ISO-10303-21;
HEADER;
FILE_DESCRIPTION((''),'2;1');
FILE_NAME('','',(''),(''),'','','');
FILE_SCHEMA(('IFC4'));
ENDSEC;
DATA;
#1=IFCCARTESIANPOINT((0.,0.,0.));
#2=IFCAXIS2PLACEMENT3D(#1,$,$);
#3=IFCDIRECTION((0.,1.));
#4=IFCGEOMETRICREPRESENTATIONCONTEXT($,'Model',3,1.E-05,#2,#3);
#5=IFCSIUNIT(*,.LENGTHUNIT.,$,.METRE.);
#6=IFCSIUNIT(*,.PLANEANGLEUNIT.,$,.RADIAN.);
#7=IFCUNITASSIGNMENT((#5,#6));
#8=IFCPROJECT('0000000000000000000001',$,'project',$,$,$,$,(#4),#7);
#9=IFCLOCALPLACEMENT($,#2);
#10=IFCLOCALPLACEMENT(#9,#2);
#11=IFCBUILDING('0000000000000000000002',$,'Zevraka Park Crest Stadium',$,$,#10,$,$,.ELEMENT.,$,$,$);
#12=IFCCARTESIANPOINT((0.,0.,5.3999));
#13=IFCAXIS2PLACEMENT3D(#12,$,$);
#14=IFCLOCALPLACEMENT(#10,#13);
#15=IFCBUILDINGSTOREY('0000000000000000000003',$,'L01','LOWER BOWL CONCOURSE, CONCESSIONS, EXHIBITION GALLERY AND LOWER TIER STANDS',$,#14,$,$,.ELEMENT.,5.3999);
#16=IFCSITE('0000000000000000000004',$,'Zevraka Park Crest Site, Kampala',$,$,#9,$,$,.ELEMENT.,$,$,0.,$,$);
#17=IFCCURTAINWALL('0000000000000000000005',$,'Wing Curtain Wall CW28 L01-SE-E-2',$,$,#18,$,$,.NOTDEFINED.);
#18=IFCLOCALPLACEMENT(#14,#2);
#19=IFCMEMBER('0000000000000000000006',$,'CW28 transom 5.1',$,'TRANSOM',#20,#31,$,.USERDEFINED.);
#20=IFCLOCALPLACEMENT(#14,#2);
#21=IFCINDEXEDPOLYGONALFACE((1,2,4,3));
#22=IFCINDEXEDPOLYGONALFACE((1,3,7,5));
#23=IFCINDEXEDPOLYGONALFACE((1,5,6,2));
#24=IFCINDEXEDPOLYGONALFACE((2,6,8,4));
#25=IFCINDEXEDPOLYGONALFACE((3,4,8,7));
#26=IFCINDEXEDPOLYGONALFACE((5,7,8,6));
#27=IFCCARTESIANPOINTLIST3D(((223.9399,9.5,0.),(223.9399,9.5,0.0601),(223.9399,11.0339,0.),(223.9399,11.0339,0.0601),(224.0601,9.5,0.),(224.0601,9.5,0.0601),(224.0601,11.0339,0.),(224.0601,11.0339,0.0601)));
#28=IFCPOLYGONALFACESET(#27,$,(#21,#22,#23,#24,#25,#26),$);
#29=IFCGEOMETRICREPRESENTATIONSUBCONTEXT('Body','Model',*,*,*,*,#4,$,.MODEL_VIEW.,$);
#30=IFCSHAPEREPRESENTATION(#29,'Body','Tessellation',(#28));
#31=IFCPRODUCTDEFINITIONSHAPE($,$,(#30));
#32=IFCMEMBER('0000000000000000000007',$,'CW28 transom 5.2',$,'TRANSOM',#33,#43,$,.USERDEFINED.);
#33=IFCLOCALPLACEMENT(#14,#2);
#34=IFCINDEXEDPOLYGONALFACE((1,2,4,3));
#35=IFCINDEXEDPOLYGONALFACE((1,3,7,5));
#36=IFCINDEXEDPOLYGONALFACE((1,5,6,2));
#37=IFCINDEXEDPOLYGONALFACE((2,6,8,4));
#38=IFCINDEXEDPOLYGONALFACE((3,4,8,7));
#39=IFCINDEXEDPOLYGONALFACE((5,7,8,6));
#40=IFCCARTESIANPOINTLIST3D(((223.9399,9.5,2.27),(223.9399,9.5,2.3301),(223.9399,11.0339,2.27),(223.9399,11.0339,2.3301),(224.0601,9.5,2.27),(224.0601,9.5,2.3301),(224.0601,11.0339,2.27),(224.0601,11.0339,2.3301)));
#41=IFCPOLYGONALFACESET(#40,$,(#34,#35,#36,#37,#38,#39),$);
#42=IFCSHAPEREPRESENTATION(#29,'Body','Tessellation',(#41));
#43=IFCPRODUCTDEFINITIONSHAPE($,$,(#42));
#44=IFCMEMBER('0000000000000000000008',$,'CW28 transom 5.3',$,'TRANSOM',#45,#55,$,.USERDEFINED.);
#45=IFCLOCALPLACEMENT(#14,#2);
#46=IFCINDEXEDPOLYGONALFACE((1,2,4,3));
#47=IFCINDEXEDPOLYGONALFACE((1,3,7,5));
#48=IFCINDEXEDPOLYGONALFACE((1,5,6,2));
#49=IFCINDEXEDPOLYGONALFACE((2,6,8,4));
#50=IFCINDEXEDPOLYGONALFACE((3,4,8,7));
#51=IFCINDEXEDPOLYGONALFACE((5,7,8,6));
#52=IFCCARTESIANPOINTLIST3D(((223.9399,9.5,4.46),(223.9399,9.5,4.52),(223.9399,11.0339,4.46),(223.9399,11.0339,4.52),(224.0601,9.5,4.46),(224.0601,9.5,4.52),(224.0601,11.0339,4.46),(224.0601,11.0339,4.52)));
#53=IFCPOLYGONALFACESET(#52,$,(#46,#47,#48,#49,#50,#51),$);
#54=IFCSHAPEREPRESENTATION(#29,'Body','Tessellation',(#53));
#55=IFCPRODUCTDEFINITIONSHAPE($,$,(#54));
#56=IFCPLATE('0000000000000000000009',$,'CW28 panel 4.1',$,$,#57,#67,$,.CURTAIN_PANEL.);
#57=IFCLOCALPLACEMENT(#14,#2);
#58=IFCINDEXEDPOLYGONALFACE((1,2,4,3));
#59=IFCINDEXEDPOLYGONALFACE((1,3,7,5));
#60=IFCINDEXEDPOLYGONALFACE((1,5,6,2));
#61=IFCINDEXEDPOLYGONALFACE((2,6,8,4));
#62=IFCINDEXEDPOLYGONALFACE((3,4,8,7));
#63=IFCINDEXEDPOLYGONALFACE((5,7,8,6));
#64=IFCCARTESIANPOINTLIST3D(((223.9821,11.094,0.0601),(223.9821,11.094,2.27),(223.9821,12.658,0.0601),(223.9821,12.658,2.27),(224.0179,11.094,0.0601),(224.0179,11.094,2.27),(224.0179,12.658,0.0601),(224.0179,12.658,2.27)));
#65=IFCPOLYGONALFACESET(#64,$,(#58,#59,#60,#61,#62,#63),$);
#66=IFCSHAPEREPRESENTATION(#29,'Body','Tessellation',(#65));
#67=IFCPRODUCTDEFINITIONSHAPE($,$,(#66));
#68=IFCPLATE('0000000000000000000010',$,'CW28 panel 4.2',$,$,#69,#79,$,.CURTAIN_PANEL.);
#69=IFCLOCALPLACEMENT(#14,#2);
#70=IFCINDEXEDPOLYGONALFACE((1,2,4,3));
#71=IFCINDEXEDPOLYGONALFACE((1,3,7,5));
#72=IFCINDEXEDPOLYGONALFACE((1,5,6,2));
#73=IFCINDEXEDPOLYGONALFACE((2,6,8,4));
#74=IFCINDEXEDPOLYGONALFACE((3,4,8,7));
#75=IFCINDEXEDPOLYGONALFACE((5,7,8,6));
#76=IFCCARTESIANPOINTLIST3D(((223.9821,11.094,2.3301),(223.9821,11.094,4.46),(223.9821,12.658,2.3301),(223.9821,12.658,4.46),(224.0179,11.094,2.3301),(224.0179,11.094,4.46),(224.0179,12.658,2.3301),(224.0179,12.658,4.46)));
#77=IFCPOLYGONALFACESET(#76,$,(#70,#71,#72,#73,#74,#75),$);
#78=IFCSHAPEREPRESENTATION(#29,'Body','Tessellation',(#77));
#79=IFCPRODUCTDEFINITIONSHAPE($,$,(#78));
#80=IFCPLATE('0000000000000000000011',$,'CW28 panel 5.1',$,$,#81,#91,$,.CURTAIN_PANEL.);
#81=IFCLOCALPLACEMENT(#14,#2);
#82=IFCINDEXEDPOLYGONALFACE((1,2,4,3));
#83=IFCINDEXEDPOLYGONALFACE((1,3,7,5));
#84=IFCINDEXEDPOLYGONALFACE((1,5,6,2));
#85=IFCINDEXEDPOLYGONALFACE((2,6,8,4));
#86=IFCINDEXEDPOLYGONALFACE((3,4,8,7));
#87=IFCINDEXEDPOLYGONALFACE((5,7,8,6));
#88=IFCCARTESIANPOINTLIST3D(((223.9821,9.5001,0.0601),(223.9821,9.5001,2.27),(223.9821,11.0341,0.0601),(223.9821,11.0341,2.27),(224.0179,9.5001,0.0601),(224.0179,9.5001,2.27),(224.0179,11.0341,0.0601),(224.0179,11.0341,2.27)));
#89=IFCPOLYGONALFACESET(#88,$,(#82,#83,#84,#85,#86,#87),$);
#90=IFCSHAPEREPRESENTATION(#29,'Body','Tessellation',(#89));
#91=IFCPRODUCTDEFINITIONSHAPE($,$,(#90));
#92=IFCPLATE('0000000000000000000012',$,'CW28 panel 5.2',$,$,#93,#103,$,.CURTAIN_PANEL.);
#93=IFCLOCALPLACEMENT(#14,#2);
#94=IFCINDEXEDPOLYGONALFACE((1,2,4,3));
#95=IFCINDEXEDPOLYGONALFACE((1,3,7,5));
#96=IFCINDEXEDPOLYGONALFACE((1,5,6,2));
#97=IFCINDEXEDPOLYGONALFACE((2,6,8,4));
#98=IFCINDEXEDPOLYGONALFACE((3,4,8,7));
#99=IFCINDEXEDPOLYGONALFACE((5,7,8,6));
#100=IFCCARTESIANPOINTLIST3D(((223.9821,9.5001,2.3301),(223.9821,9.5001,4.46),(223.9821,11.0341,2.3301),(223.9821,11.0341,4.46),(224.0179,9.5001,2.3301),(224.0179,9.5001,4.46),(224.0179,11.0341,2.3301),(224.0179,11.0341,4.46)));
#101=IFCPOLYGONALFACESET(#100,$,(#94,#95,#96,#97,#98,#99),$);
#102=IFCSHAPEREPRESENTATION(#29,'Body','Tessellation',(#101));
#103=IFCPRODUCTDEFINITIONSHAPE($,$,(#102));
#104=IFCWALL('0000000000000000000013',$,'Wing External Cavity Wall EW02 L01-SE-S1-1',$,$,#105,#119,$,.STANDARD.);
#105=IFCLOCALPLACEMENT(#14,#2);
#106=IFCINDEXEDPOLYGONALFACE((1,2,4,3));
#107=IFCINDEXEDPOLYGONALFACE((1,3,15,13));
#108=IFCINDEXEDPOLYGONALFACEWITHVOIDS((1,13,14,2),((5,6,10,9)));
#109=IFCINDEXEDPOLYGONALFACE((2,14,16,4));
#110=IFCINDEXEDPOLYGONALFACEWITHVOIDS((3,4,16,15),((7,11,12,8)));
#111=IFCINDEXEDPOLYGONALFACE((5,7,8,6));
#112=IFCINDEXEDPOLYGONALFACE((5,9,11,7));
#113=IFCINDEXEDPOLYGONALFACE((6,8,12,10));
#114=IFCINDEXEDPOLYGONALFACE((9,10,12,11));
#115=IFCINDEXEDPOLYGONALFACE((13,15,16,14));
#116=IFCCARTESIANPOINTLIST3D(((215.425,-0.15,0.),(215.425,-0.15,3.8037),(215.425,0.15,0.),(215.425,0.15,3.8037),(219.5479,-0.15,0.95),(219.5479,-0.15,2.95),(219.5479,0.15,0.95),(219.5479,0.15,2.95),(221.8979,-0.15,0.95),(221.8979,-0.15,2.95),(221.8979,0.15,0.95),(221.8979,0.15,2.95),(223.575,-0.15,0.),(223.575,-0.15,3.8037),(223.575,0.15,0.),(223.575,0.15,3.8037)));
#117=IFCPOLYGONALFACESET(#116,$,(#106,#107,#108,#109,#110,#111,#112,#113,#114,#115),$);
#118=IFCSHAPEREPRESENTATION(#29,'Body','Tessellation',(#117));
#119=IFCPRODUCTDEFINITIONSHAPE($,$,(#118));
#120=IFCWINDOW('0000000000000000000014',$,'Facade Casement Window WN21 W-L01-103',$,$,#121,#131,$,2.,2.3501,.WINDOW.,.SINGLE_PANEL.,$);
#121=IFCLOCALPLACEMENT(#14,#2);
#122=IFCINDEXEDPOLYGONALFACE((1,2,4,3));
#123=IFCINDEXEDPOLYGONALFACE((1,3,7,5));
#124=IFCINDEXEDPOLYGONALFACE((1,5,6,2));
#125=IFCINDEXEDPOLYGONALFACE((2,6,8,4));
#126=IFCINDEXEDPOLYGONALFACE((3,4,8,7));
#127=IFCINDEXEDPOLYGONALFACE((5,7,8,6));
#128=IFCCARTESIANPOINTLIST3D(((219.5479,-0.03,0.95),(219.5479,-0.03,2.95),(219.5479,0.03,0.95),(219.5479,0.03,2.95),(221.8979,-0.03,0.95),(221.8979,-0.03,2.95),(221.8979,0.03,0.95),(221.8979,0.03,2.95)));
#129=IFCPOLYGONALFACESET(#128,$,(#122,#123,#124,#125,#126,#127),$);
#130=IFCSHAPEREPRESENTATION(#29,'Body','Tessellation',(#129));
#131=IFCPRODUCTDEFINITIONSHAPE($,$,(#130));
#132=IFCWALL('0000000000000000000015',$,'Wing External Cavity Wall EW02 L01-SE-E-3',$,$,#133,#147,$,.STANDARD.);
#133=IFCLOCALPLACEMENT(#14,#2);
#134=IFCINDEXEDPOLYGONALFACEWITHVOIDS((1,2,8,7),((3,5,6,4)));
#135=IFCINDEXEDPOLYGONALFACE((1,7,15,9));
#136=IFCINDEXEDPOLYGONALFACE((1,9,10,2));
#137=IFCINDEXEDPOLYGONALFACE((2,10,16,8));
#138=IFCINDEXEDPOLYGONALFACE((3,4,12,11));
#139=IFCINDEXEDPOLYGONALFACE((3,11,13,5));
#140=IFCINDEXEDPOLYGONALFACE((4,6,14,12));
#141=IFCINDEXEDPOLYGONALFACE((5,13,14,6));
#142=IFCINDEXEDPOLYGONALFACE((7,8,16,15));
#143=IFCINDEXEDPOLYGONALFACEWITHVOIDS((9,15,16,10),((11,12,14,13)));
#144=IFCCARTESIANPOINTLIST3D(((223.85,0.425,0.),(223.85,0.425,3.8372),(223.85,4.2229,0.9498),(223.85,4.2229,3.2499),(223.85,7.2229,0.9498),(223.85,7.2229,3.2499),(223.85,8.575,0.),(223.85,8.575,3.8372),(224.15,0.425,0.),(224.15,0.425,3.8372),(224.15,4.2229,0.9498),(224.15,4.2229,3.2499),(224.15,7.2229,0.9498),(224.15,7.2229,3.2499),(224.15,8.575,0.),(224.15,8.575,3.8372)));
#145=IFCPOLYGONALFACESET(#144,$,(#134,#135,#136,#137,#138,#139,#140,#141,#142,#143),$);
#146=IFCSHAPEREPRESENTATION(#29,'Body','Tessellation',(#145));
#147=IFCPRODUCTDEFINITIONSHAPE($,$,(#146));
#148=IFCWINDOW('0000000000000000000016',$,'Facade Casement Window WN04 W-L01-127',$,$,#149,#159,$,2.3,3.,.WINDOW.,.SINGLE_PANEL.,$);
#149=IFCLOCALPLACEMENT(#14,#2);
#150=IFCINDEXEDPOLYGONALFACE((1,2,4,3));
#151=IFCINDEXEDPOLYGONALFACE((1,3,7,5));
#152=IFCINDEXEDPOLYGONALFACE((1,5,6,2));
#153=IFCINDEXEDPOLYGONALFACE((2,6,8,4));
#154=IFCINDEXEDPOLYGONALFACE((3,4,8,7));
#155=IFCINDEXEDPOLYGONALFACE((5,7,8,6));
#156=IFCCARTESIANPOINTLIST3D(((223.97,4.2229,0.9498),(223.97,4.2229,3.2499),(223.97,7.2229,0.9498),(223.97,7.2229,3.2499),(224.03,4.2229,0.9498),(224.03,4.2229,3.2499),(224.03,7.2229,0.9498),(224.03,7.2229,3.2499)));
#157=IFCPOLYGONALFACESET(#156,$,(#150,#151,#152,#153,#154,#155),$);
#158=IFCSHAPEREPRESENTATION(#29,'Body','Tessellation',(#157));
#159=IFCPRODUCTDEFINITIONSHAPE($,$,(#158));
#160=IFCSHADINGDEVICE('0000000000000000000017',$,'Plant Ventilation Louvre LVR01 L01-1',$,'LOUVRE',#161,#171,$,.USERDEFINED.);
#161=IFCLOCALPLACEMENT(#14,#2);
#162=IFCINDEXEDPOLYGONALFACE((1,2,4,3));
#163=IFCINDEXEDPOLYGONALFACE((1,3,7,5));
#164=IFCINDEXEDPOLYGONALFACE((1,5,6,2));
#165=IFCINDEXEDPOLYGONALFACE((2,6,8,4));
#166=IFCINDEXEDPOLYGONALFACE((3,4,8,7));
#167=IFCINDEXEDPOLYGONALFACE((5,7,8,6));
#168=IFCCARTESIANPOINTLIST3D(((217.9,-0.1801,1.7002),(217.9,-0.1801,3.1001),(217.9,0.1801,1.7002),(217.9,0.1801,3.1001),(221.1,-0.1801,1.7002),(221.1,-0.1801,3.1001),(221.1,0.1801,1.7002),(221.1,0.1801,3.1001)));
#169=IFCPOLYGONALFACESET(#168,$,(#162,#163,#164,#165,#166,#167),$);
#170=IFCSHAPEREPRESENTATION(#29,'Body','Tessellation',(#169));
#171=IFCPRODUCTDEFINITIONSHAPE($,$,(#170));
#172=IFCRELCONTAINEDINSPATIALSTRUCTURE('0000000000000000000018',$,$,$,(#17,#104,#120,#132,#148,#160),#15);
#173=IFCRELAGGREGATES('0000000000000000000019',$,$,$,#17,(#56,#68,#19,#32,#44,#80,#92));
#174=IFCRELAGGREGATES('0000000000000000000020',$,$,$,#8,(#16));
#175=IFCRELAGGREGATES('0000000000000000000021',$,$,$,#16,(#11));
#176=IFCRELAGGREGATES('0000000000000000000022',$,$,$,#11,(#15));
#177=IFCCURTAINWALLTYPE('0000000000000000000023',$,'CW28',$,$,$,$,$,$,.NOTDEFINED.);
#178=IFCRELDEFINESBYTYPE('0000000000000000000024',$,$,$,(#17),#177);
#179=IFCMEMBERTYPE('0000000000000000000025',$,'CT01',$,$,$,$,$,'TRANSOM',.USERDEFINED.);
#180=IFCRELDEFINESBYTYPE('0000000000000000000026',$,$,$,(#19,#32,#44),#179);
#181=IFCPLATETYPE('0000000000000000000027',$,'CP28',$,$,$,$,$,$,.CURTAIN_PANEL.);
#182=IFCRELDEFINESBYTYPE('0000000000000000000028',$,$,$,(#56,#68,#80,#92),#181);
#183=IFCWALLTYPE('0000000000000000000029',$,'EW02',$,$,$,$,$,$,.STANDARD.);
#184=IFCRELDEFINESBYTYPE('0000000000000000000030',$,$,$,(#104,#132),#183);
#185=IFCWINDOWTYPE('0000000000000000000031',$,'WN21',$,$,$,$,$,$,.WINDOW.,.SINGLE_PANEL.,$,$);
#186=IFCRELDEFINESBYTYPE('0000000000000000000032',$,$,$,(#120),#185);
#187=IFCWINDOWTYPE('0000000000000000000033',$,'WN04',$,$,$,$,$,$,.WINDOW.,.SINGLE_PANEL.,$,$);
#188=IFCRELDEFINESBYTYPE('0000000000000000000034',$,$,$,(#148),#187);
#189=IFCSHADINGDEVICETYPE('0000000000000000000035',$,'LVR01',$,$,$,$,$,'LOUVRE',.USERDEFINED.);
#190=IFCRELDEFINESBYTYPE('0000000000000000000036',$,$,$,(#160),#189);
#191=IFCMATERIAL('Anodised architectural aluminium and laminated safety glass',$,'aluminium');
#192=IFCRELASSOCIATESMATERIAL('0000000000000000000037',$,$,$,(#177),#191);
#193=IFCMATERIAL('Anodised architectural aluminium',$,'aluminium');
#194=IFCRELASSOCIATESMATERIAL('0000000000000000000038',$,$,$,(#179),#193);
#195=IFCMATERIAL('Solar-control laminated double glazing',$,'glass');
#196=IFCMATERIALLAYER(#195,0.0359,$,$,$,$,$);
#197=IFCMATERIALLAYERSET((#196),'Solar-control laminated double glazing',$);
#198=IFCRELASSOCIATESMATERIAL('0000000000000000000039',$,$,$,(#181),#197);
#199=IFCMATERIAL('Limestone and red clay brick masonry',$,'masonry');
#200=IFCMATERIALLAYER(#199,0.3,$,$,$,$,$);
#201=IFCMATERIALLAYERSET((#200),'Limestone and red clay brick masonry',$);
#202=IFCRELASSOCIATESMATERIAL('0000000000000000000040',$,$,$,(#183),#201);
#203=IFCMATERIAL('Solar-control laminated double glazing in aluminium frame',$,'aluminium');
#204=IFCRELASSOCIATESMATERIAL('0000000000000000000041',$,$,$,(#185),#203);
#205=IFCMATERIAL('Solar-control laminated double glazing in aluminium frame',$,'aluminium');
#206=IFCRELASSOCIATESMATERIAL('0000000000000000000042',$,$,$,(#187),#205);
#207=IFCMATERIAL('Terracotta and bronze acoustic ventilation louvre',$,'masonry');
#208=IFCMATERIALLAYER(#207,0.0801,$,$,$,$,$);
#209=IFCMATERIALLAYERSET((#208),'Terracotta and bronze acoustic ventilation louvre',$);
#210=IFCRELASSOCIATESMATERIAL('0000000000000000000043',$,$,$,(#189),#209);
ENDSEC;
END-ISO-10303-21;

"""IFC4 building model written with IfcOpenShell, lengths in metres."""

from ifc_helpers import new_model, si_unit, direction, frame, frame_2d, origin, origin_2d, place, context, subcontext, project, spatial, rectangle, extrude, material, layer, layer_set, material_profile, profile_set, type_object, element, fill, aggregate, save


model = new_model("IFC4")

# Units and contexts
model_context = context("Model", 3, precision=1e-05, world=origin(), true_north=direction((0.0, 1.0)))
body_context = subcontext(model_context, "Body", "Model", "MODEL_VIEW")
ifc_project = project(units=[si_unit("LENGTHUNIT", "METRE"), si_unit("PLANEANGLEUNIT", "RADIAN")], contexts=[model_context])

# Site, building, storey
site_placement = place(None, origin())
site = spatial("IfcSite", under=ifc_project, at=site_placement, Name="Zevraka Park Crest Site, Kampala", CompositionType="ELEMENT", RefElevation=0.0)
building_placement = place(site_placement, origin())
building = spatial("IfcBuilding", under=site, at=building_placement, Name="Zevraka Park Crest Stadium", CompositionType="ELEMENT")
storey_placement = place(building_placement, frame((0.0, 0.0, 5.3999)))
storey = spatial("IfcBuildingStorey", under=building, at=storey_placement, Name="L01", Description="LOWER BOWL CONCOURSE, CONCESSIONS, EXHIBITION GALLERY AND LOWER TIER STANDS", CompositionType="ELEMENT", Elevation=5.3999)

# Curtain wall, members, plates
ifc_material_1 = material(Name="Anodised architectural aluminium and laminated safety glass", Category="aluminium")
curtain_wall_type = type_object("IfcCurtainWallType", Name="CW28", PredefinedType="NOTDEFINED", material=ifc_material_1)
curtain_wall_placement = place(storey_placement, origin())
curtain_wall = element("IfcCurtainWall", 1, at=curtain_wall_placement, inside=storey, type_object=curtain_wall_type, Name="Wing Curtain Wall CW28 L01-SE-E-2", PredefinedType="NOTDEFINED")
ifc_material_2 = material(Name="Anodised architectural aluminium", Category="aluminium")
ifc_material_profile_1 = material_profile(ifc_material_2, rectangle(XDim=0.1201, YDim=0.0601, at=origin_2d()), Name="ALU TRANSOM 120x60")
ifc_profile_set_1 = profile_set([ifc_material_profile_1], Name="Anodised architectural aluminium")
member_type_1 = type_object("IfcMemberType", Name="CT01", ElementType="TRANSOM", PredefinedType="USERDEFINED", material=ifc_profile_set_1)
member_1_placement = place(storey_placement, frame((224.0, 11.0339, 0.03), z_axis=(0.0, -1.0, 0.0), x_axis=(1.0, 0.0, 0.0)))
member_1 = element("IfcMember", 2, at=member_1_placement, type_object=member_type_1, Name="CW28 transom 5.1", ObjectType="TRANSOM", PredefinedType="USERDEFINED", context=body_context, shape_type="SweptSolid", body=[
    extrude(rectangle(XDim=0.1201, YDim=0.0601, at=origin_2d()), origin(), (0.0, 0.0, 1.0), 1.5339),
])
member_2_placement = place(storey_placement, frame((224.0, 11.0339, 2.3), z_axis=(0.0, -1.0, 0.0), x_axis=(1.0, 0.0, 0.0)))
member_2 = element("IfcMember", 3, at=member_2_placement, type_object=member_type_1, Name="CW28 transom 5.2", ObjectType="TRANSOM", PredefinedType="USERDEFINED", context=body_context, shape_type="SweptSolid", body=[
    extrude(rectangle(XDim=0.1201, YDim=0.0601, at=origin_2d()), origin(), (0.0, 0.0, 1.0), 1.5339),
])
member_3_placement = place(storey_placement, frame((224.0, 11.0339, 4.49), z_axis=(0.0, -1.0, 0.0), x_axis=(1.0, 0.0, 0.0)))
member_3 = element("IfcMember", 4, at=member_3_placement, type_object=member_type_1, Name="CW28 transom 5.3", ObjectType="TRANSOM", PredefinedType="USERDEFINED", context=body_context, shape_type="SweptSolid", body=[
    extrude(rectangle(XDim=0.1201, YDim=0.0601, at=origin_2d()), origin(), (0.0, 0.0, 1.0), 1.5339),
])
ifc_material_3 = material(Name="Solar-control laminated double glazing", Category="glass")
ifc_layer_1 = layer(ifc_material_3, 0.0359)
ifc_layer_set_1 = layer_set([ifc_layer_1], Name="Solar-control laminated double glazing")
plate_type = type_object("IfcPlateType", Name="CP28", PredefinedType="CURTAIN_PANEL", material=ifc_layer_set_1)
plate_1_placement = place(storey_placement, frame((224.0, 11.876, 0.0601), z_axis=(0.0, 0.0, 1.0), x_axis=(0.0, -1.0, 0.0)))
plate_1 = element("IfcPlate", 5, at=plate_1_placement, type_object=plate_type, Name="CW28 panel 4.1", PredefinedType="CURTAIN_PANEL", context=body_context, shape_type="SweptSolid", body=[
    extrude(rectangle(XDim=1.564, YDim=0.0359, at=origin_2d()), origin(), (0.0, 0.0, 1.0), 2.21),
])
plate_2_placement = place(storey_placement, frame((224.0, 11.876, 2.3301), z_axis=(0.0, 0.0, 1.0), x_axis=(0.0, -1.0, 0.0)))
plate_2 = element("IfcPlate", 6, at=plate_2_placement, type_object=plate_type, Name="CW28 panel 4.2", PredefinedType="CURTAIN_PANEL", context=body_context, shape_type="SweptSolid", body=[
    extrude(rectangle(XDim=1.564, YDim=0.0359, at=origin_2d()), origin(), (0.0, 0.0, 1.0), 2.1299),
])
plate_3_placement = place(storey_placement, frame((224.0, 10.2671, 0.0601), z_axis=(0.0, 0.0, 1.0), x_axis=(0.0, -1.0, 0.0)))
plate_3 = element("IfcPlate", 7, at=plate_3_placement, type_object=plate_type, Name="CW28 panel 5.1", PredefinedType="CURTAIN_PANEL", context=body_context, shape_type="SweptSolid", body=[
    extrude(rectangle(XDim=1.5339, YDim=0.0359, at=origin_2d()), origin(), (0.0, 0.0, 1.0), 2.21),
])
plate_4_placement = place(storey_placement, frame((224.0, 10.2671, 2.3301), z_axis=(0.0, 0.0, 1.0), x_axis=(0.0, -1.0, 0.0)))
plate_4 = element("IfcPlate", 8, at=plate_4_placement, type_object=plate_type, Name="CW28 panel 5.2", PredefinedType="CURTAIN_PANEL", context=body_context, shape_type="SweptSolid", body=[
    extrude(rectangle(XDim=1.5339, YDim=0.0359, at=origin_2d()), origin(), (0.0, 0.0, 1.0), 2.1299),
])
aggregate(curtain_wall, [plate_1, plate_2, member_1, member_2, member_3, plate_3, plate_4])

# Walls, openings, windows
ifc_material_4 = material(Name="Limestone and red clay brick masonry", Category="masonry")
ifc_layer_2 = layer(ifc_material_4, 0.3)
ifc_layer_set_2 = layer_set([ifc_layer_2], Name="Limestone and red clay brick masonry")
wall_type = type_object("IfcWallType", Name="EW02", PredefinedType="STANDARD", material=ifc_layer_set_2)
wall_1_placement = place(storey_placement, frame((223.575, 0.0, 0.0), z_axis=(0.0, 0.0, 1.0), x_axis=(-1.0, 0.0, 0.0)))
wall_1 = element("IfcWall", 9, at=wall_1_placement, inside=storey, type_object=wall_type, Name="Wing External Cavity Wall EW02 L01-SE-S1-1", PredefinedType="STANDARD", context=body_context, shape_type="SweptSolid", body=[
    extrude(rectangle(XDim=8.1499, YDim=0.3, at=frame_2d((4.075, 0.0))), origin(), (0.0, 0.0, 1.0), 3.8037),
])
opening_1_placement = place(wall_1_placement, frame((1.677, 0.0, 0.95)))
opening_1 = element("IfcOpeningElement", 10, at=opening_1_placement, cuts=wall_1, PredefinedType="OPENING", context=body_context, shape_type="SweptSolid", body=[
    extrude(rectangle(XDim=2.3501, YDim=2.0, at=frame_2d((1.175, 1.0))), frame((0.0, 0.1599, 0.0), z_axis=(0.0, -1.0, 0.0), x_axis=(1.0, 0.0, 0.0)), (0.0, 0.0, 1.0), 0.3201),
])
ifc_material_5 = material(Name="Solar-control laminated double glazing in aluminium frame", Category="aluminium")
window_type_1 = type_object("IfcWindowType", Name="WN21", PartitioningType="SINGLE_PANEL", PredefinedType="WINDOW", material=ifc_material_5)
window_1_placement = place(opening_1_placement, origin())
window_1 = element("IfcWindow", 11, at=window_1_placement, inside=storey, type_object=window_type_1, Name="Facade Casement Window WN21 W-L01-103", OverallHeight=2.0, OverallWidth=2.3501, PartitioningType="SINGLE_PANEL", PredefinedType="WINDOW", context=body_context, shape_type="SweptSolid", body=[
    extrude(rectangle(XDim=2.3501, YDim=2.0, at=frame_2d((1.175, 1.0))), frame((0.0, 0.03, 0.0), z_axis=(0.0, -1.0, 0.0), x_axis=(1.0, 0.0, 0.0)), (0.0, 0.0, 1.0), 0.0601),
])
fill(opening_1, window_1)
wall_2_placement = place(storey_placement, frame((224.0, 8.575, 0.0), z_axis=(0.0, 0.0, 1.0), x_axis=(0.0, -1.0, 0.0)))
wall_2 = element("IfcWall", 12, at=wall_2_placement, inside=storey, type_object=wall_type, Name="Wing External Cavity Wall EW02 L01-SE-E-3", PredefinedType="STANDARD", context=body_context, shape_type="SweptSolid", body=[
    extrude(rectangle(XDim=8.1499, YDim=0.3, at=frame_2d((4.075, 0.0))), origin(), (0.0, 0.0, 1.0), 3.8372),
])
opening_2_placement = place(wall_2_placement, frame((1.3521, 0.0, 0.95)))
opening_2 = element("IfcOpeningElement", 13, at=opening_2_placement, cuts=wall_2, PredefinedType="OPENING", context=body_context, shape_type="SweptSolid", body=[
    extrude(rectangle(XDim=3.0, YDim=2.3, at=frame_2d((1.5, 1.1499))), frame((0.0, 0.1599, 0.0), z_axis=(0.0, -1.0, 0.0), x_axis=(1.0, 0.0, 0.0)), (0.0, 0.0, 1.0), 0.3201),
])
ifc_material_6 = material(Name="Solar-control laminated double glazing in aluminium frame", Category="aluminium")
window_type_2 = type_object("IfcWindowType", Name="WN04", PartitioningType="SINGLE_PANEL", PredefinedType="WINDOW", material=ifc_material_6)
window_2_placement = place(opening_2_placement, origin())
window_2 = element("IfcWindow", 14, at=window_2_placement, inside=storey, type_object=window_type_2, Name="Facade Casement Window WN04 W-L01-127", OverallHeight=2.3, OverallWidth=3.0, PartitioningType="SINGLE_PANEL", PredefinedType="WINDOW", context=body_context, shape_type="SweptSolid", body=[
    extrude(rectangle(XDim=3.0, YDim=2.3, at=frame_2d((1.5, 1.1499))), frame((0.0, 0.03, 0.0), z_axis=(0.0, -1.0, 0.0), x_axis=(1.0, 0.0, 0.0)), (0.0, 0.0, 1.0), 0.0601),
])
fill(opening_2, window_2)

# Shading device
ifc_material_7 = material(Name="Terracotta and bronze acoustic ventilation louvre", Category="masonry")
ifc_layer_3 = layer(ifc_material_7, 0.0801)
ifc_layer_set_3 = layer_set([ifc_layer_3], Name="Terracotta and bronze acoustic ventilation louvre")
shading_device_type = type_object("IfcShadingDeviceType", Name="LVR01", ElementType="LOUVRE", PredefinedType="USERDEFINED", material=ifc_layer_set_3)
shading_device_placement = place(storey_placement, frame((219.5, 0.0, 1.7002), z_axis=(0.0, 0.0, 1.0), x_axis=(-1.0, 0.0, 0.0)))
element("IfcShadingDevice", 15, at=shading_device_placement, inside=storey, type_object=shading_device_type, Name="Plant Ventilation Louvre LVR01 L01-1", ObjectType="LOUVRE", PredefinedType="USERDEFINED", context=body_context, shape_type="SweptSolid", body=[
    extrude(rectangle(XDim=3.2, YDim=0.3601, at=origin_2d()), origin(), (0.0, 0.0, 1.0), 1.3999),
])

save(model, "model.ifc")
